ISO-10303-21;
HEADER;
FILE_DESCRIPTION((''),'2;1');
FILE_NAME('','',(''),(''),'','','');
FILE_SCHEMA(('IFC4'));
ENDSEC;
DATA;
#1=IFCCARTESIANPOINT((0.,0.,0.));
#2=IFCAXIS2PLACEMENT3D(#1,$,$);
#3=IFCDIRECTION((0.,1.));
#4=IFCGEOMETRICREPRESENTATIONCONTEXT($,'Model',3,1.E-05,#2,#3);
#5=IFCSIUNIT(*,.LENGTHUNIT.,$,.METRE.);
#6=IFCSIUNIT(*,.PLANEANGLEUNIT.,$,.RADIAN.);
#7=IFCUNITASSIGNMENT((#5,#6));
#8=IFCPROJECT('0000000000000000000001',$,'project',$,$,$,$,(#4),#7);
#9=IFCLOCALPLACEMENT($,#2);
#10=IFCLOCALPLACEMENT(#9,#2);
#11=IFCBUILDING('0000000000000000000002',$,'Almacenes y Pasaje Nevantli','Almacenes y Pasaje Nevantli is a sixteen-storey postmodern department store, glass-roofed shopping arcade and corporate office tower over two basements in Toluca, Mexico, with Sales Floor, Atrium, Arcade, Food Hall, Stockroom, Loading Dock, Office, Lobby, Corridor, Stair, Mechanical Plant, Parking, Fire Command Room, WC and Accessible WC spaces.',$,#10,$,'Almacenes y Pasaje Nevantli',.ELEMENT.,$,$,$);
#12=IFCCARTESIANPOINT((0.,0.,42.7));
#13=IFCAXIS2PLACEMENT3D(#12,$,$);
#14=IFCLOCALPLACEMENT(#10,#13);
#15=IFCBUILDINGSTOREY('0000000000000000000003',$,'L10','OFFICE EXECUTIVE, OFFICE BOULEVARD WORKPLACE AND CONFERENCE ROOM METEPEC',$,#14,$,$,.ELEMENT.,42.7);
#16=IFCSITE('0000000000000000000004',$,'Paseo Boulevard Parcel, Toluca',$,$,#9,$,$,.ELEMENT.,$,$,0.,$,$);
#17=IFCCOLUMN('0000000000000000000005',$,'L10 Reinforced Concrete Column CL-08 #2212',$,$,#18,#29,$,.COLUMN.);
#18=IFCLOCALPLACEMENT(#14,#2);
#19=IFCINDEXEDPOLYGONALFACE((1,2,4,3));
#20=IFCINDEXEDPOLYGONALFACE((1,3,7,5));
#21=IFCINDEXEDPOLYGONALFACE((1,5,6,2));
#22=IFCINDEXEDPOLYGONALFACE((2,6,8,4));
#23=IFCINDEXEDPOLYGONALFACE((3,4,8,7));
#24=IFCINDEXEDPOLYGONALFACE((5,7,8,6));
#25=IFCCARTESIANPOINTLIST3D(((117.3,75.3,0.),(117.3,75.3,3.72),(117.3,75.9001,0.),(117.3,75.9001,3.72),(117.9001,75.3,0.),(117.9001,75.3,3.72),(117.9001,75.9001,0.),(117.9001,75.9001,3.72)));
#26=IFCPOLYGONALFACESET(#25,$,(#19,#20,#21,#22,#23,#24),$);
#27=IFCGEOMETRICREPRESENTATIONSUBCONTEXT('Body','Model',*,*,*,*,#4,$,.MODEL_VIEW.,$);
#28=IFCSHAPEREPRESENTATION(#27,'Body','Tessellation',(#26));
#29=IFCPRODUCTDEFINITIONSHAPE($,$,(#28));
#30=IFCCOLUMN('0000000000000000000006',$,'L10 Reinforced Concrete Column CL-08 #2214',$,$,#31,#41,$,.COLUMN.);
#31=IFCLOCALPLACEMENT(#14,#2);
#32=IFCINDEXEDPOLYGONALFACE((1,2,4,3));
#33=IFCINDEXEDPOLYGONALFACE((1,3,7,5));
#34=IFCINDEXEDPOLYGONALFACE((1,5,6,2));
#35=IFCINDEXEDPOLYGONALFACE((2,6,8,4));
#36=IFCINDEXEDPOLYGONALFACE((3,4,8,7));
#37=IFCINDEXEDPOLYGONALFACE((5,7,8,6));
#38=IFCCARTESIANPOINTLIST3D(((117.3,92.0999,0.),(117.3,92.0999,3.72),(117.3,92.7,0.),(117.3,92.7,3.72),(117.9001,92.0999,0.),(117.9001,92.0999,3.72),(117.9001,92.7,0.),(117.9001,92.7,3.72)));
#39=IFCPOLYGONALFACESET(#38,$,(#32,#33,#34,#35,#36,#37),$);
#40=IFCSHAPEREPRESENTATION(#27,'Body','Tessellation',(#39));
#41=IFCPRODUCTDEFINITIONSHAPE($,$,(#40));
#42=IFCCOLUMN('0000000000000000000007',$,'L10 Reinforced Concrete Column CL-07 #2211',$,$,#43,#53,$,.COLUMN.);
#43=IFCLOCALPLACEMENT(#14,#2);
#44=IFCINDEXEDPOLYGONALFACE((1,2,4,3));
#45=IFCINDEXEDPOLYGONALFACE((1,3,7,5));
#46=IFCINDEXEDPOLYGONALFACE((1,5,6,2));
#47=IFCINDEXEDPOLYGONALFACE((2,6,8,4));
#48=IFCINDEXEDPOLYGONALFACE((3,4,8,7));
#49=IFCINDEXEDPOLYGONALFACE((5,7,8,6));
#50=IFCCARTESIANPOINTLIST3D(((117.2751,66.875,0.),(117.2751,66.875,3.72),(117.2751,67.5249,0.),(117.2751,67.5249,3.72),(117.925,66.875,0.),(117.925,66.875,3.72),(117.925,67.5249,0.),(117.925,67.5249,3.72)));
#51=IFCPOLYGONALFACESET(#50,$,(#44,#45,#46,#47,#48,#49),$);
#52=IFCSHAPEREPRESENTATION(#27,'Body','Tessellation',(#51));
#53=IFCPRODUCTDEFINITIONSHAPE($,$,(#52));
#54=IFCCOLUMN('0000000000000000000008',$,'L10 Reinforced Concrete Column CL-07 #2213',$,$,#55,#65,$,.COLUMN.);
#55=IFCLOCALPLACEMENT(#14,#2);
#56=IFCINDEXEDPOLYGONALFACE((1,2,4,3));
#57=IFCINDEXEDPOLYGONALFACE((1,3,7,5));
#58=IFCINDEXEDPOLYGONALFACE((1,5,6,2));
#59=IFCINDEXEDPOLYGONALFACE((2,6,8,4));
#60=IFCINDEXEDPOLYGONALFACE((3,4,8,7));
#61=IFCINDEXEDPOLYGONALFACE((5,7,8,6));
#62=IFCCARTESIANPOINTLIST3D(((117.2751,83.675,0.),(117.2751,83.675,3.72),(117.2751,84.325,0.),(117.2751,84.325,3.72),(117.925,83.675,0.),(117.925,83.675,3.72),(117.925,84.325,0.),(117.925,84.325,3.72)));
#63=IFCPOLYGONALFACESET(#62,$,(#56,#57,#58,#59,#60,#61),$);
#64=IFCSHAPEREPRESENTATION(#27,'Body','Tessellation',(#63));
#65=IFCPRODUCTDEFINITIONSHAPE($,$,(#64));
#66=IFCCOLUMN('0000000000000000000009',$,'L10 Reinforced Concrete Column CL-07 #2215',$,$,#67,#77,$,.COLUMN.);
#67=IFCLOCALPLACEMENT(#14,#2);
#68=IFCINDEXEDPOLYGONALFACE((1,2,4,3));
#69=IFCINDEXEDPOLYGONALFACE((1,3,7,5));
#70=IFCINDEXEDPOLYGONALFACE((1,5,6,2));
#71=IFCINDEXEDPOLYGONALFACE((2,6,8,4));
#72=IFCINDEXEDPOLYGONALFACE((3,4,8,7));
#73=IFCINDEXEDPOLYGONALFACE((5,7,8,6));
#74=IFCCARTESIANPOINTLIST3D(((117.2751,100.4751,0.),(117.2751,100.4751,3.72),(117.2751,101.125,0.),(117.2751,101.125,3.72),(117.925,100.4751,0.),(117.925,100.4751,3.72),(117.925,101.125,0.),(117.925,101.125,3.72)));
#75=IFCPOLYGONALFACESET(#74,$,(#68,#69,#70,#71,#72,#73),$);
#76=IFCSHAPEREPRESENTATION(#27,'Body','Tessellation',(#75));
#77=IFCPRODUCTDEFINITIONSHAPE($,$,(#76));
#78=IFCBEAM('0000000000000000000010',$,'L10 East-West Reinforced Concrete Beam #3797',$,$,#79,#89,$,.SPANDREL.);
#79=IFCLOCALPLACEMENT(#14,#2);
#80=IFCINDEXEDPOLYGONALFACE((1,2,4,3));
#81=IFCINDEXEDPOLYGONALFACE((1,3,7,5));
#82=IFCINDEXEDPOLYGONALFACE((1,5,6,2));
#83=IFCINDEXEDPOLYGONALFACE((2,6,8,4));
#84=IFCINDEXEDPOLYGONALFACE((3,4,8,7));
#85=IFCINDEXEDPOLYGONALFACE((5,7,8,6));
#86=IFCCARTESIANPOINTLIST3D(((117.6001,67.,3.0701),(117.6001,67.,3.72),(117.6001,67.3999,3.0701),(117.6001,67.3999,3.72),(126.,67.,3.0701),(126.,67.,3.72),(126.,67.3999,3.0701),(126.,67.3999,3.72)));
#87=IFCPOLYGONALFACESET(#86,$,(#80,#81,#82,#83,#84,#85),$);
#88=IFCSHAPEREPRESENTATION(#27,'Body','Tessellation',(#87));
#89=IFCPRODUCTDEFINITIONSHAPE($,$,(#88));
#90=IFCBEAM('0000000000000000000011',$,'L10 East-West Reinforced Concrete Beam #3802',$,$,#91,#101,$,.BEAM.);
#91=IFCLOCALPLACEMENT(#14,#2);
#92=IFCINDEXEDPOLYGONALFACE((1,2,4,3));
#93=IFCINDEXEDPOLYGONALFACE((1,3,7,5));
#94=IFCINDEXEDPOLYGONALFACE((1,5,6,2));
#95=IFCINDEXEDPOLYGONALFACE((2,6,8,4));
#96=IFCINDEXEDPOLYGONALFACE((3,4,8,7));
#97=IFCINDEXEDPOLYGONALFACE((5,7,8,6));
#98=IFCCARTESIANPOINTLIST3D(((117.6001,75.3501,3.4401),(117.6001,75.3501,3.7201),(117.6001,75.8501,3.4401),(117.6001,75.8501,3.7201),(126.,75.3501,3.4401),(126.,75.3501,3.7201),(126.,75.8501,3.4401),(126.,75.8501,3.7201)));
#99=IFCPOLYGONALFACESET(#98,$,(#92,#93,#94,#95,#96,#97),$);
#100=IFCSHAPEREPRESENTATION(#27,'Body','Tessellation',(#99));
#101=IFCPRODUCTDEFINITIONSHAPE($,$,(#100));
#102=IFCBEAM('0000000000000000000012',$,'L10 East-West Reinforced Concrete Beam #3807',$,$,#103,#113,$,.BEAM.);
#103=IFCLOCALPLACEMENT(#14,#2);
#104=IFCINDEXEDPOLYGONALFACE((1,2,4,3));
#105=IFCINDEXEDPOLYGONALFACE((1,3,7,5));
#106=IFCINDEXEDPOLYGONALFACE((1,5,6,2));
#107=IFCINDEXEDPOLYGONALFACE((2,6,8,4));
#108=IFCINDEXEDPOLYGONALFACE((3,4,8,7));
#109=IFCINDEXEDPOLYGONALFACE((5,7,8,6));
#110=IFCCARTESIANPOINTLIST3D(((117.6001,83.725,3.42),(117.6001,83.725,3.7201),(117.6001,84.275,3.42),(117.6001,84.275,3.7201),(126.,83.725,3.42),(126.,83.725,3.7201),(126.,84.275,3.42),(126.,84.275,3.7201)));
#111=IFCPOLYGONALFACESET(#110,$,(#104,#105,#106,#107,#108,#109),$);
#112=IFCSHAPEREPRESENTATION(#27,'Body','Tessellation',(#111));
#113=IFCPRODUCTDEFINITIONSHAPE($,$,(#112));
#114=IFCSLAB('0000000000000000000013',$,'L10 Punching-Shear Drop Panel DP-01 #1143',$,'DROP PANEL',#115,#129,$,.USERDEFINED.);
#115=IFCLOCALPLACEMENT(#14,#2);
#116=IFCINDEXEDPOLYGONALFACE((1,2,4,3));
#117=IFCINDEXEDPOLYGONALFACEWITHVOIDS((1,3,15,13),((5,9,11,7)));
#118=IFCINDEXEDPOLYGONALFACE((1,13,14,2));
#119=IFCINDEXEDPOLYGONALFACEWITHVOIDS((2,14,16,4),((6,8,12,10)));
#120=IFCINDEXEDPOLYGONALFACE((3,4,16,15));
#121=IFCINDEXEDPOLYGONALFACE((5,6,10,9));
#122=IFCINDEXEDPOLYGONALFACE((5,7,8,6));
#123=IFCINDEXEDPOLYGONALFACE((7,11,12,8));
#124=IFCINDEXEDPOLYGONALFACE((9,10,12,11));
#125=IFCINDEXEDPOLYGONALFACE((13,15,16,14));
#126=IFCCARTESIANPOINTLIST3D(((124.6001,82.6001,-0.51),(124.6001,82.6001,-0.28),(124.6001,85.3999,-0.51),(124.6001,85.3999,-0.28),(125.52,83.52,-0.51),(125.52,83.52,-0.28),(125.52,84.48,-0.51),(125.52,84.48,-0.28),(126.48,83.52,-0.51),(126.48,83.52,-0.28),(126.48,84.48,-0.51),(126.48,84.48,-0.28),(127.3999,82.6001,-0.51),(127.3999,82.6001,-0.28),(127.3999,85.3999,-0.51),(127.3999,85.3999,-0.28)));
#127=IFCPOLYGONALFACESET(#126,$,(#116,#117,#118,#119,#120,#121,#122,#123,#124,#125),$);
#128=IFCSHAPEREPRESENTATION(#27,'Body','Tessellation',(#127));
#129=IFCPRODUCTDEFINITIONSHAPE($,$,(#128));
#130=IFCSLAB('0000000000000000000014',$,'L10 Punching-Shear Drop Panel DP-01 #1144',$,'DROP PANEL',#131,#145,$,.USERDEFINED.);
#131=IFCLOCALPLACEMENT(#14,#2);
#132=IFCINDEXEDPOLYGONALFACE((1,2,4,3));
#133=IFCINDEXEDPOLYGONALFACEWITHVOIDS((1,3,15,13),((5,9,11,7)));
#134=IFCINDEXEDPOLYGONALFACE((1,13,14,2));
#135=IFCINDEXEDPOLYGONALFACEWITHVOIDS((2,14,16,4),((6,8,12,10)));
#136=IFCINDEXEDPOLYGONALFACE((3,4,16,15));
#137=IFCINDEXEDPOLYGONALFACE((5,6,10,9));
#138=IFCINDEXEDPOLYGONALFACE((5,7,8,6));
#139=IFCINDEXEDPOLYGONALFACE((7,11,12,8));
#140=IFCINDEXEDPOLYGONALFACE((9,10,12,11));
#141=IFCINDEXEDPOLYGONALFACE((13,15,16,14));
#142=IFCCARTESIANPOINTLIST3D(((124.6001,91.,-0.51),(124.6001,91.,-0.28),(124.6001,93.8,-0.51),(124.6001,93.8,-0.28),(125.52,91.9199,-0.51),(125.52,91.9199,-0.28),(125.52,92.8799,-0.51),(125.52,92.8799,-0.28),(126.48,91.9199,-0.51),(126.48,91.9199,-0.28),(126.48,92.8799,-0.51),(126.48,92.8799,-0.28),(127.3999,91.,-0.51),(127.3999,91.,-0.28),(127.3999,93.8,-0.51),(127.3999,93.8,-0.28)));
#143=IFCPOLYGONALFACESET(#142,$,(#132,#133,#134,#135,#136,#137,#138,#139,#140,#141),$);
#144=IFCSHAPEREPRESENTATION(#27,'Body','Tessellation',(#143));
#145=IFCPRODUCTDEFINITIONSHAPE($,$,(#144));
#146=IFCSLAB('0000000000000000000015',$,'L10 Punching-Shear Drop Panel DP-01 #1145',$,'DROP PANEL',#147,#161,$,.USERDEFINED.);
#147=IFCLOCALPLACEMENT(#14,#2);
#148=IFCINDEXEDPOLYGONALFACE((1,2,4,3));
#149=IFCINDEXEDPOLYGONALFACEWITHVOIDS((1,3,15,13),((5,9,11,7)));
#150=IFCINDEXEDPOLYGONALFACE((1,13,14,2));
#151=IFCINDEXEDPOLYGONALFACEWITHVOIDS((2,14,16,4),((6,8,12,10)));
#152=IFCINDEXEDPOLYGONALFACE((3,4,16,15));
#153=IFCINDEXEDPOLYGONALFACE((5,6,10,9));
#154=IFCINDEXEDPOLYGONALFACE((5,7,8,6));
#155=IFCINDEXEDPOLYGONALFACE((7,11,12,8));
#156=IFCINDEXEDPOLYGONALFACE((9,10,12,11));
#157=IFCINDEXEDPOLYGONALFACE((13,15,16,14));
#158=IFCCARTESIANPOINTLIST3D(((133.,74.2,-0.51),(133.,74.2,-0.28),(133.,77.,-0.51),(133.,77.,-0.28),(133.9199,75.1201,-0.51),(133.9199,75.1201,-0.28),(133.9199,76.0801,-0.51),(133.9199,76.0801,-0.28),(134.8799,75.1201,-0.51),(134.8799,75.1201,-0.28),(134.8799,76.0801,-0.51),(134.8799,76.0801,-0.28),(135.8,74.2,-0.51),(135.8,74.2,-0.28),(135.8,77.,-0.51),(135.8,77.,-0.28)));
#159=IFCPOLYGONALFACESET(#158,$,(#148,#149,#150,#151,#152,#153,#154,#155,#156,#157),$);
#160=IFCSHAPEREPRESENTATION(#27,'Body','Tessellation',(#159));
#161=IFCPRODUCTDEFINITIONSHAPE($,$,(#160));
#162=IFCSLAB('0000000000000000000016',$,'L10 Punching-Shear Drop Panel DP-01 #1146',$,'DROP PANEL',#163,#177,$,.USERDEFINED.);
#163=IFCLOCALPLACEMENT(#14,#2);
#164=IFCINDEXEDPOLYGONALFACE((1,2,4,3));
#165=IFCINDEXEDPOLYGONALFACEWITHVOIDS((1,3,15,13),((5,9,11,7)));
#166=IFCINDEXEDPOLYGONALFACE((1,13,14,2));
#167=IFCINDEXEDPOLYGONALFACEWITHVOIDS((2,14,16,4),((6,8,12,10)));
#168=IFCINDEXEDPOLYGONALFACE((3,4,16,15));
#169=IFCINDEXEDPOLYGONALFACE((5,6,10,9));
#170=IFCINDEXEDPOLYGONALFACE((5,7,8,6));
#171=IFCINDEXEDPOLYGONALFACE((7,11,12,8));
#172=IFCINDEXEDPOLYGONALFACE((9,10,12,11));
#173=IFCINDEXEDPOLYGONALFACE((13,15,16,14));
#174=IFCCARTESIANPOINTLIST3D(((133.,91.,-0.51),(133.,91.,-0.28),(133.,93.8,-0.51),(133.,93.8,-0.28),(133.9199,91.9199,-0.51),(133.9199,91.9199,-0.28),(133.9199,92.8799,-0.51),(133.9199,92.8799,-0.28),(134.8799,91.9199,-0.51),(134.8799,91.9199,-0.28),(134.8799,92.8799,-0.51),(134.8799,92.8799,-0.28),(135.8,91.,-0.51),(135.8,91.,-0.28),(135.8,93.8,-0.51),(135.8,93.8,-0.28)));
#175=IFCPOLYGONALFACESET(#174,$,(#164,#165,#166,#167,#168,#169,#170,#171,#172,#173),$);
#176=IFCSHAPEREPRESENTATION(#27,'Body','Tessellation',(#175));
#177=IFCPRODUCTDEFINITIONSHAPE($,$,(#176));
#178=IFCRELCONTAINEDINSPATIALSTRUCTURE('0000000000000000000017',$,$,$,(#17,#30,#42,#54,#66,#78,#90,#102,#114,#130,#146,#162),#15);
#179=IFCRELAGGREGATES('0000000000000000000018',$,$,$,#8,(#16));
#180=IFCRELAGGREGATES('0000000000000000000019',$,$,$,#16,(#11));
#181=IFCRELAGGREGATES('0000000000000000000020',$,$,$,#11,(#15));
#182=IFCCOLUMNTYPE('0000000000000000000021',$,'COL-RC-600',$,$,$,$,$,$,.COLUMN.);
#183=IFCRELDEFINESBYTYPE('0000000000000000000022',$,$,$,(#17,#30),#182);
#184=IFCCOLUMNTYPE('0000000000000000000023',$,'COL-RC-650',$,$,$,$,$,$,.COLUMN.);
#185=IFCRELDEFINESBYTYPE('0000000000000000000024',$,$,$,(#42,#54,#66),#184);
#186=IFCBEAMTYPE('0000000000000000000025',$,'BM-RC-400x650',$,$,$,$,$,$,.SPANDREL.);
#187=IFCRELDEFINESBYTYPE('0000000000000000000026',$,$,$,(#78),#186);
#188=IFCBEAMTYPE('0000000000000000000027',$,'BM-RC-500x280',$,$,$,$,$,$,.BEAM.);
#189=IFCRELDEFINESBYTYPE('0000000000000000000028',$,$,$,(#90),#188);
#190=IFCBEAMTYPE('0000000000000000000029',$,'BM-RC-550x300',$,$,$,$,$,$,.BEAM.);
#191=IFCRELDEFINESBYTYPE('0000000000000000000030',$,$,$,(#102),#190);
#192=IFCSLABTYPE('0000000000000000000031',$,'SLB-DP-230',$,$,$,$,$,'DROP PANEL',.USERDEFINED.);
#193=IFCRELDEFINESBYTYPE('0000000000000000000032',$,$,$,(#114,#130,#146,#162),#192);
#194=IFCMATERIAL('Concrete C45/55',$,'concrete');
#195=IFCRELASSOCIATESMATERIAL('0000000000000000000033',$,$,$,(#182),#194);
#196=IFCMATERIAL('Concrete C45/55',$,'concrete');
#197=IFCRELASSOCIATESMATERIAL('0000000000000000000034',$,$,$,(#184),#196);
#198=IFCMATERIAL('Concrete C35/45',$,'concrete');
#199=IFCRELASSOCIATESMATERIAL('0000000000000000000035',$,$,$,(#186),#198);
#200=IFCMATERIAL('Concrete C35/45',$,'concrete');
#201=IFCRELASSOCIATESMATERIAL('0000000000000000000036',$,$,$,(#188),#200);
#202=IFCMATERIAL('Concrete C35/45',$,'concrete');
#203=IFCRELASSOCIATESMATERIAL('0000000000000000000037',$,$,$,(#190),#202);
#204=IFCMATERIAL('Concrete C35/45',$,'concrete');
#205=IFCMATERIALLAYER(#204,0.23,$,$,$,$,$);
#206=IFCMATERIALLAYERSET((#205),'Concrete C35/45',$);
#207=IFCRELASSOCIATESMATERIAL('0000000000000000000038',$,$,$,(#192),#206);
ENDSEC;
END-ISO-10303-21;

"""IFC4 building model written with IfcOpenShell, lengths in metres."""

from ifc_helpers import new_model, si_unit, direction, frame, origin, origin_2d, place, context, subcontext, project, spatial, polyline, rectangle, outline, extrude, material, layer, layer_set, material_profile, profile_set, type_object, element, save


model = new_model("IFC4")

# Units and contexts
model_context = context("Model", 3, precision=1e-05, world=origin(), true_north=direction((0.0, 1.0)))
body_context = subcontext(model_context, "Body", "Model", "MODEL_VIEW")
ifc_project = project(units=[si_unit("LENGTHUNIT", "METRE"), si_unit("PLANEANGLEUNIT", "RADIAN")], contexts=[model_context])

# Site, building, storey
site_placement = place(None, origin())
site = spatial("IfcSite", under=ifc_project, at=site_placement, Name="Paseo Boulevard Parcel, Toluca", CompositionType="ELEMENT", RefElevation=0.0)
building_placement = place(site_placement, origin())
building = spatial("IfcBuilding", under=site, at=building_placement, Name="Almacenes y Pasaje Nevantli", Description="Almacenes y Pasaje Nevantli is a sixteen-storey postmodern department store, glass-roofed shopping arcade and corporate office tower over two basements in Toluca, Mexico, with Sales Floor, Atrium, Arcade, Food Hall, Stockroom, Loading Dock, Office, Lobby, Corridor, Stair, Mechanical Plant, Parking, Fire Command Room, WC and Accessible WC spaces.", LongName="Almacenes y Pasaje Nevantli", CompositionType="ELEMENT")
storey_placement = place(building_placement, frame((0.0, 0.0, 42.7)))
storey = spatial("IfcBuildingStorey", under=building, at=storey_placement, Name="L10", Description="OFFICE EXECUTIVE, OFFICE BOULEVARD WORKPLACE AND CONFERENCE ROOM METEPEC", CompositionType="ELEMENT", Elevation=42.7)

# Columns
ifc_material_1 = material(Name="Concrete C45/55", Category="concrete")
ifc_material_profile_1 = material_profile(ifc_material_1, rectangle(XDim=0.6001, YDim=0.6001, at=origin_2d()), Name="RC-COL-600x600")
ifc_profile_set_1 = profile_set([ifc_material_profile_1], Name="Concrete C45/55")
column_type_1 = type_object("IfcColumnType", Name="COL-RC-600", PredefinedType="COLUMN", material=ifc_profile_set_1)
for number, where, z_axis, x_axis, name in (
    (1, (117.6001, 75.6001, 0.0), (0.0, 0.0, 1.0), (1.0, 0.0, 0.0), "L10 Reinforced Concrete Column CL-08 #2212"),
    (2, (117.6001, 92.3999, 0.0), (0.0, 0.0, 1.0), (1.0, 0.0, 0.0), "L10 Reinforced Concrete Column CL-08 #2214"),
):
    element("IfcColumn", number, at=place(storey_placement, frame(where, z_axis=z_axis, x_axis=x_axis)), inside=storey, type_object=column_type_1, Name=name, PredefinedType="COLUMN", context=body_context, shape_type="SweptSolid", body=[
        extrude(rectangle(XDim=0.6001, YDim=0.6001, at=origin_2d()), origin(), (0.0, 0.0, 1.0), 3.72),
    ])
ifc_material_2 = material(Name="Concrete C45/55", Category="concrete")
ifc_material_profile_2 = material_profile(ifc_material_2, rectangle(XDim=0.6499, YDim=0.6499, at=origin_2d()), Name="RC-COL-650x650")
ifc_profile_set_2 = profile_set([ifc_material_profile_2], Name="Concrete C45/55")
column_type_2 = type_object("IfcColumnType", Name="COL-RC-650", PredefinedType="COLUMN", material=ifc_profile_set_2)
for number, where, z_axis, x_axis, name in (
    (3, (117.6001, 67.2, 0.0), (0.0, 0.0, 1.0), (1.0, 0.0, 0.0), "L10 Reinforced Concrete Column CL-07 #2211"),
    (4, (117.6001, 84.0, 0.0), (0.0, 0.0, 1.0), (1.0, 0.0, 0.0), "L10 Reinforced Concrete Column CL-07 #2213"),
    (5, (117.6001, 100.8, 0.0), (0.0, 0.0, 1.0), (1.0, 0.0, 0.0), "L10 Reinforced Concrete Column CL-07 #2215"),
):
    element("IfcColumn", number, at=place(storey_placement, frame(where, z_axis=z_axis, x_axis=x_axis)), inside=storey, type_object=column_type_2, Name=name, PredefinedType="COLUMN", context=body_context, shape_type="SweptSolid", body=[
        extrude(rectangle(XDim=0.6499, YDim=0.6499, at=origin_2d()), origin(), (0.0, 0.0, 1.0), 3.72),
    ])

# Beams
ifc_material_3 = material(Name="Concrete C35/45", Category="concrete")
ifc_material_profile_3 = material_profile(ifc_material_3, rectangle(XDim=0.3999, YDim=0.6499, at=origin_2d()), Name="RC-BM-400x650")
ifc_profile_set_3 = profile_set([ifc_material_profile_3], Name="Concrete C35/45")
beam_type_1 = type_object("IfcBeamType", Name="BM-RC-400x650", PredefinedType="SPANDREL", material=ifc_profile_set_3)
beam_1_placement = place(storey_placement, frame((117.6001, 67.2, 3.395), z_axis=(1.0, 0.0, 0.0), x_axis=(0.0, 1.0, 0.0)))
element("IfcBeam", 6, at=beam_1_placement, inside=storey, type_object=beam_type_1, Name="L10 East-West Reinforced Concrete Beam #3797", PredefinedType="SPANDREL", context=body_context, shape_type="SweptSolid", body=[
    extrude(rectangle(XDim=0.3999, YDim=0.6499, at=origin_2d()), origin(), (0.0, 0.0, 1.0), 8.3999),
])
ifc_material_4 = material(Name="Concrete C35/45", Category="concrete")
ifc_material_profile_4 = material_profile(ifc_material_4, rectangle(XDim=0.5, YDim=0.28, at=origin_2d()), Name="RC-BM-500x280")
ifc_profile_set_4 = profile_set([ifc_material_profile_4], Name="Concrete C35/45")
beam_type_2 = type_object("IfcBeamType", Name="BM-RC-500x280", PredefinedType="BEAM", material=ifc_profile_set_4)
beam_2_placement = place(storey_placement, frame((117.6001, 75.6001, 3.5801), z_axis=(1.0, 0.0, 0.0), x_axis=(0.0, 1.0, 0.0)))
element("IfcBeam", 7, at=beam_2_placement, inside=storey, type_object=beam_type_2, Name="L10 East-West Reinforced Concrete Beam #3802", PredefinedType="BEAM", context=body_context, shape_type="SweptSolid", body=[
    extrude(rectangle(XDim=0.5, YDim=0.28, at=origin_2d()), origin(), (0.0, 0.0, 1.0), 8.3999),
])
ifc_material_5 = material(Name="Concrete C35/45", Category="concrete")
ifc_material_profile_5 = material_profile(ifc_material_5, rectangle(XDim=0.55, YDim=0.3, at=origin_2d()), Name="RC-BM-550x300")
ifc_profile_set_5 = profile_set([ifc_material_profile_5], Name="Concrete C35/45")
beam_type_3 = type_object("IfcBeamType", Name="BM-RC-550x300", PredefinedType="BEAM", material=ifc_profile_set_5)
beam_3_placement = place(storey_placement, frame((117.6001, 84.0, 3.5701), z_axis=(1.0, 0.0, 0.0), x_axis=(0.0, 1.0, 0.0)))
element("IfcBeam", 8, at=beam_3_placement, inside=storey, type_object=beam_type_3, Name="L10 East-West Reinforced Concrete Beam #3807", PredefinedType="BEAM", context=body_context, shape_type="SweptSolid", body=[
    extrude(rectangle(XDim=0.55, YDim=0.3, at=origin_2d()), origin(), (0.0, 0.0, 1.0), 8.3999),
])

# Slabs
ifc_material_6 = material(Name="Concrete C35/45", Category="concrete")
ifc_layer_1 = layer(ifc_material_6, 0.23)
ifc_layer_set_1 = layer_set([ifc_layer_1], Name="Concrete C35/45")
slab_type_1 = type_object("IfcSlabType", Name="SLB-DP-230", ElementType="DROP PANEL", PredefinedType="USERDEFINED", material=ifc_layer_set_1)
slab_1_placement = place(storey_placement, frame((0.0, 0.0, -0.51)))
element("IfcSlab", 9, at=slab_1_placement, inside=storey, type_object=slab_type_1, Name="L10 Punching-Shear Drop Panel DP-01 #1143", ObjectType="DROP PANEL", PredefinedType="USERDEFINED", context=body_context, shape_type="SweptSolid", body=[
    extrude(outline(polyline([(124.6001, 82.6001), (127.3999, 82.6001), (127.3999, 85.3999), (124.6001, 85.3999), (124.6001, 82.6001)]), holes=[polyline([(125.52, 83.52), (126.48, 83.52), (126.48, 84.48), (125.52, 84.48), (125.52, 83.52)])]), origin(), (0.0, 0.0, 1.0), 0.23),
])
slab_2_placement = place(storey_placement, frame((0.0, 0.0, -0.51)))
element("IfcSlab", 10, at=slab_2_placement, inside=storey, type_object=slab_type_1, Name="L10 Punching-Shear Drop Panel DP-01 #1144", ObjectType="DROP PANEL", PredefinedType="USERDEFINED", context=body_context, shape_type="SweptSolid", body=[
    extrude(outline(polyline([(124.6001, 91.0), (127.3999, 91.0), (127.3999, 93.8), (124.6001, 93.8), (124.6001, 91.0)]), holes=[polyline([(125.52, 91.9199), (126.48, 91.9199), (126.48, 92.8799), (125.52, 92.8799), (125.52, 91.9199)])]), origin(), (0.0, 0.0, 1.0), 0.23),
])
slab_3_placement = place(storey_placement, frame((0.0, 0.0, -0.51)))
element("IfcSlab", 11, at=slab_3_placement, inside=storey, type_object=slab_type_1, Name="L10 Punching-Shear Drop Panel DP-01 #1145", ObjectType="DROP PANEL", PredefinedType="USERDEFINED", context=body_context, shape_type="SweptSolid", body=[
    extrude(outline(polyline([(133.0, 74.2), (135.8, 74.2), (135.8, 77.0), (133.0, 77.0), (133.0, 74.2)]), holes=[polyline([(133.9199, 75.1201), (134.8799, 75.1201), (134.8799, 76.0801), (133.9199, 76.0801), (133.9199, 75.1201)])]), origin(), (0.0, 0.0, 1.0), 0.23),
])
slab_4_placement = place(storey_placement, frame((0.0, 0.0, -0.51)))
element("IfcSlab", 12, at=slab_4_placement, inside=storey, type_object=slab_type_1, Name="L10 Punching-Shear Drop Panel DP-01 #1146", ObjectType="DROP PANEL", PredefinedType="USERDEFINED", context=body_context, shape_type="SweptSolid", body=[
    extrude(outline(polyline([(133.0, 91.0), (135.8, 91.0), (135.8, 93.8), (133.0, 93.8), (133.0, 91.0)]), holes=[polyline([(133.9199, 91.9199), (134.8799, 91.9199), (134.8799, 92.8799), (133.9199, 92.8799), (133.9199, 91.9199)])]), origin(), (0.0, 0.0, 1.0), 0.23),
])

save(model, "model.ifc")
